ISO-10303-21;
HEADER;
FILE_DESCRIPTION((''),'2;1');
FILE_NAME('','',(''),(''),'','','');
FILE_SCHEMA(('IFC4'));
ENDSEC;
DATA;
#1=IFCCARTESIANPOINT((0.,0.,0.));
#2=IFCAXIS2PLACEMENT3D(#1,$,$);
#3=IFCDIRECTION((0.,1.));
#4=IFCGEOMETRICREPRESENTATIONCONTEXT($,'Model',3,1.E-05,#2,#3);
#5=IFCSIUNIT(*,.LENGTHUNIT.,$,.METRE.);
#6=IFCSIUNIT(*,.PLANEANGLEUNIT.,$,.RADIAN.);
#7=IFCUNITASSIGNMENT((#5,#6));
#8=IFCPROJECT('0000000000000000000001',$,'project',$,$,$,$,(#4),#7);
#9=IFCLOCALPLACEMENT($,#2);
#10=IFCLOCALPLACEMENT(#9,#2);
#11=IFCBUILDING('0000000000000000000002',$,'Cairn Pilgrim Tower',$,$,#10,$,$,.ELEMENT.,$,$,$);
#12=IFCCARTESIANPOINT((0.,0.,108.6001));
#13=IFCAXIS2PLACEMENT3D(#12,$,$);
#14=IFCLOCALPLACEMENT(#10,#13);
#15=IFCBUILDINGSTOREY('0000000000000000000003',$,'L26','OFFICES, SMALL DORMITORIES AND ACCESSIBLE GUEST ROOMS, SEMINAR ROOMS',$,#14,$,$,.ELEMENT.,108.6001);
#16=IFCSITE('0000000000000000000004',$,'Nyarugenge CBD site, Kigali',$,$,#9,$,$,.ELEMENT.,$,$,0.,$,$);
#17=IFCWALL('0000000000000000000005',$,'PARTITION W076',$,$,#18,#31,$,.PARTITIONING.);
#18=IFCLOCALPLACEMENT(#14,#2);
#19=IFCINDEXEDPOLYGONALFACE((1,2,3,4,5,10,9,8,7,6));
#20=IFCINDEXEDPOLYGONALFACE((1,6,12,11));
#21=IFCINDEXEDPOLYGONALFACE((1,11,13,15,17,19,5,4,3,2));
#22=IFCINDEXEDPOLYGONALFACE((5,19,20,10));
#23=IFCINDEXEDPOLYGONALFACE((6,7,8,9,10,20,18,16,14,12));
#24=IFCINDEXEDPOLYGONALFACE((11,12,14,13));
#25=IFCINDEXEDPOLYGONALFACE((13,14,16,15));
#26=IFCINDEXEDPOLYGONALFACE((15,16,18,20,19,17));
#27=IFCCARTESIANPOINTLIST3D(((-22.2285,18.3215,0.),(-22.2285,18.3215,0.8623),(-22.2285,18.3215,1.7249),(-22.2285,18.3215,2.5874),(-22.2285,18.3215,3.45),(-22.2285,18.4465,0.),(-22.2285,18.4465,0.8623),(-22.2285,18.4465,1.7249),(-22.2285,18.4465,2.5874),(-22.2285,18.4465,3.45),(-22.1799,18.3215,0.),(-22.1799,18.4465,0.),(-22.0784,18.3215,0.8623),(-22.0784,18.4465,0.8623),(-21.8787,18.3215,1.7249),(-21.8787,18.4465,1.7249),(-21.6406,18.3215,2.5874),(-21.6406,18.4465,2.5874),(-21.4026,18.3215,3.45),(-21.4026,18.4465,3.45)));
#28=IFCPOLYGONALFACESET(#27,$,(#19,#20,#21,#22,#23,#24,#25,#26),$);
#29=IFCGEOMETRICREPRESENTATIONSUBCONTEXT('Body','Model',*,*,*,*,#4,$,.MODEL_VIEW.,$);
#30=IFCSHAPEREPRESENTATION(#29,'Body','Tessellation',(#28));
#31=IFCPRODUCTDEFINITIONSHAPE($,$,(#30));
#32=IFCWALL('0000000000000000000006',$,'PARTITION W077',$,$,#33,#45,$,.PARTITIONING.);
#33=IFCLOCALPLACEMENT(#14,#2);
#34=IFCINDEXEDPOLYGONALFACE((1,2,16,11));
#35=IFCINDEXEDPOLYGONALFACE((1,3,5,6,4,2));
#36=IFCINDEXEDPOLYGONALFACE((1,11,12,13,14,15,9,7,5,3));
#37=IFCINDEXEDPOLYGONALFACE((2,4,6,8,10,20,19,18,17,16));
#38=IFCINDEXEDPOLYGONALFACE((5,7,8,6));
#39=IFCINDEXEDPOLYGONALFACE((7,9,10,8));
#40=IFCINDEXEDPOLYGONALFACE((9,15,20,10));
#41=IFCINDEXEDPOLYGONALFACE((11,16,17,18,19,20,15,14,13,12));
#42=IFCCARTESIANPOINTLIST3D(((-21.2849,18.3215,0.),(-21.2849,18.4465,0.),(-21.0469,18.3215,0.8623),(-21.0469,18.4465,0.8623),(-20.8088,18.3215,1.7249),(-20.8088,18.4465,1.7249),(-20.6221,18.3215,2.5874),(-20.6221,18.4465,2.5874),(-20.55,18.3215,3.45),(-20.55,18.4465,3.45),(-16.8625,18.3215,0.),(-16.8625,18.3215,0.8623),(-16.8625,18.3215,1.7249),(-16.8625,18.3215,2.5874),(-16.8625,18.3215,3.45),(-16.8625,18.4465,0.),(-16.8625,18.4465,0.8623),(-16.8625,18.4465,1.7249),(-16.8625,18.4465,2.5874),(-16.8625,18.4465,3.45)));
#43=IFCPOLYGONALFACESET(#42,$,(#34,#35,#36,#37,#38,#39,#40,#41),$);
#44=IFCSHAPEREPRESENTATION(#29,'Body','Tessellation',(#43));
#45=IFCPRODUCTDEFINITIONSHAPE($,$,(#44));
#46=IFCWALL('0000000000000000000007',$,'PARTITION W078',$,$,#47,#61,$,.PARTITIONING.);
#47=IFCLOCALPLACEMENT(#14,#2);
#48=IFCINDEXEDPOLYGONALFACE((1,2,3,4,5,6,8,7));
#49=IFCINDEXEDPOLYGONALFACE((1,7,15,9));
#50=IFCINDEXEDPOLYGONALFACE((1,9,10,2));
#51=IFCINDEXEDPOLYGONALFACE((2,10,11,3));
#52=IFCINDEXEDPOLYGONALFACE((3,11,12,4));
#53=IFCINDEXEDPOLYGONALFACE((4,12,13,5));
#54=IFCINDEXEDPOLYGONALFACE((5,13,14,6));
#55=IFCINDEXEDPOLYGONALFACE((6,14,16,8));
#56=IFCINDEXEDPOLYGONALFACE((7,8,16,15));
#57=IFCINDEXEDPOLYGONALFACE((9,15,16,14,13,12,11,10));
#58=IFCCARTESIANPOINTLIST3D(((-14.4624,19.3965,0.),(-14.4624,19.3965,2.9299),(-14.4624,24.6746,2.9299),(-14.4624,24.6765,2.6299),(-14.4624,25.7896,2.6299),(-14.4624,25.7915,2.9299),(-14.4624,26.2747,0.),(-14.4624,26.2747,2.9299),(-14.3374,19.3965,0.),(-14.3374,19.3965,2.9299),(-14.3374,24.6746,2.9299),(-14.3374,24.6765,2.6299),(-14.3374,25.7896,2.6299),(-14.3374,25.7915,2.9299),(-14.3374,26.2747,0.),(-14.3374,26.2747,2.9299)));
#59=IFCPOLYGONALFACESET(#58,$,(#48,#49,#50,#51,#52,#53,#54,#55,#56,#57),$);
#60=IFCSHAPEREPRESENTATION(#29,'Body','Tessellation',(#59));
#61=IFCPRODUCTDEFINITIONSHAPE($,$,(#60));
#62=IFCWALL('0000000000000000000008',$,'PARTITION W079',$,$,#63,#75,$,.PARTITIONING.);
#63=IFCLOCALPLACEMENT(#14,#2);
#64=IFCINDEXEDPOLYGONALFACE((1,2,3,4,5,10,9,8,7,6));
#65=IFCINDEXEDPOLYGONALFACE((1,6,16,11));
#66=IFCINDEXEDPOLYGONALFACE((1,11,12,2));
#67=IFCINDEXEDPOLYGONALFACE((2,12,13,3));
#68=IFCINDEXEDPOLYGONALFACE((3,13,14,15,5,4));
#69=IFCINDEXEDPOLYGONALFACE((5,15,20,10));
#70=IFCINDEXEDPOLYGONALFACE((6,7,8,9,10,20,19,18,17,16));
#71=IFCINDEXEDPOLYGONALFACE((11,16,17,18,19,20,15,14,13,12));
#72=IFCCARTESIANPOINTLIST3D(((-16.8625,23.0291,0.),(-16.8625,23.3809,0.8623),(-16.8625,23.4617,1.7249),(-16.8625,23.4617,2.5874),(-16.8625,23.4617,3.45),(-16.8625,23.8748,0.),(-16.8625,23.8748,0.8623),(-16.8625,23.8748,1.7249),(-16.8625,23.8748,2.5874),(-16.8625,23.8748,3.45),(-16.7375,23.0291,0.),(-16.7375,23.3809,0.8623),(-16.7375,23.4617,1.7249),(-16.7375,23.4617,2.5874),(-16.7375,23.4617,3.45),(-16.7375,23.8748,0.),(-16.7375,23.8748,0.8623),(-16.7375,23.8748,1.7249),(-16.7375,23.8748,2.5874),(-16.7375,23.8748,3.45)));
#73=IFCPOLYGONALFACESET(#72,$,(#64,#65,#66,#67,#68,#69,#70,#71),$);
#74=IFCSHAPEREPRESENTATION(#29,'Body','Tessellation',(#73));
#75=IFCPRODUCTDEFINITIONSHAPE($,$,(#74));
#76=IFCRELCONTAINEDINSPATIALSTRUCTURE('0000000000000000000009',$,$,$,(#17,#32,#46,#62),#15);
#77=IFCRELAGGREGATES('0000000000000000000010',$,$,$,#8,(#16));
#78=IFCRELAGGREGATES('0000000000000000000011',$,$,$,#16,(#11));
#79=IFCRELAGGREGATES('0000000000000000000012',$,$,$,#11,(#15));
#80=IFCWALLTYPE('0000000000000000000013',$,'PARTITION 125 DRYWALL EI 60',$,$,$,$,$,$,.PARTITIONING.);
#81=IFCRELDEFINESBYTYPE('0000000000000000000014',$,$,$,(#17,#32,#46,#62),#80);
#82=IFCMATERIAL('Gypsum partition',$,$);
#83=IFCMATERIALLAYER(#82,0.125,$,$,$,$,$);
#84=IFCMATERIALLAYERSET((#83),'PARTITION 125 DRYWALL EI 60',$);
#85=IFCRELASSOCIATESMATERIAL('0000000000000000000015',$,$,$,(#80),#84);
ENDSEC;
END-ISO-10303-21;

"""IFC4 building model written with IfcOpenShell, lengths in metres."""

from ifc_helpers import new_model, si_unit, direction, frame, origin, place, context, subcontext, project, spatial, polyline, outline, extrude, material, layer, layer_set, type_object, element, save


model = new_model("IFC4")

# Units and contexts
model_context = context("Model", 3, precision=1e-05, world=origin(), true_north=direction((0.0, 1.0)))
body_context = subcontext(model_context, "Body", "Model", "MODEL_VIEW")
ifc_project = project(units=[si_unit("LENGTHUNIT", "METRE"), si_unit("PLANEANGLEUNIT", "RADIAN")], contexts=[model_context])

# Site, building, storey
site_placement = place(None, origin())
site = spatial("IfcSite", under=ifc_project, at=site_placement, Name="Nyarugenge CBD site, Kigali", CompositionType="ELEMENT", RefElevation=0.0)
building_placement = place(site_placement, origin())
building = spatial("IfcBuilding", under=site, at=building_placement, Name="Cairn Pilgrim Tower", CompositionType="ELEMENT")
storey_placement = place(building_placement, frame((0.0, 0.0, 108.6001)))
storey = spatial("IfcBuildingStorey", under=building, at=storey_placement, Name="L26", Description="OFFICES, SMALL DORMITORIES AND ACCESSIBLE GUEST ROOMS, SEMINAR ROOMS", CompositionType="ELEMENT", Elevation=108.6001)

# Walls
ifc_material_1 = material(Name="Gypsum partition")
ifc_layer_1 = layer(ifc_material_1, 0.125)
ifc_layer_set_1 = layer_set([ifc_layer_1], Name="PARTITION 125 DRYWALL EI 60")
wall_type_1 = type_object("IfcWallType", Name="PARTITION 125 DRYWALL EI 60", PredefinedType="PARTITIONING", material=ifc_layer_set_1)
wall_1_placement = place(storey_placement, frame((-22.2285, 18.384, 0.0), z_axis=(0.0, 0.0, 1.0), x_axis=(1.0, 0.0, 0.0)))
element("IfcWall", 1, at=wall_1_placement, inside=storey, type_object=wall_type_1, Name="PARTITION W076", PredefinedType="PARTITIONING", context=body_context, shape_type="SweptSolid", body=[
    extrude(outline(polyline([(0.0, 0.0), (0.0486, 0.0), (0.1501, 0.8623), (0.3499, 1.7249), (0.5879, 2.5874), (0.8259, 3.45), (0.0, 3.45), (0.0, 2.5874), (0.0, 1.7249), (0.0, 0.8623), (0.0, 0.0)])), frame((0.0, 0.0625, 0.0), z_axis=(0.0, -1.0, 0.0), x_axis=(1.0, 0.0, 0.0)), (0.0, 0.0, 1.0), 0.125),
])
wall_2_placement = place(storey_placement, frame((-21.2849, 18.384, 0.0), z_axis=(0.0, 0.0, 1.0), x_axis=(1.0, 0.0, 0.0)))
element("IfcWall", 2, at=wall_2_placement, inside=storey, type_object=wall_type_1, Name="PARTITION W077", PredefinedType="PARTITIONING", context=body_context, shape_type="SweptSolid", body=[
    extrude(outline(polyline([(0.0, 0.0), (4.4224, 0.0), (4.4224, 0.8623), (4.4224, 1.7249), (4.4224, 2.5874), (4.4224, 3.45), (0.7349, 3.45), (0.6628, 2.5874), (0.4761, 1.7249), (0.238, 0.8623), (0.0, 0.0)])), frame((0.0, 0.0625, 0.0), z_axis=(0.0, -1.0, 0.0), x_axis=(1.0, 0.0, 0.0)), (0.0, 0.0, 1.0), 0.125),
])
wall_3_placement = place(storey_placement, frame((-14.3999, 19.3965, 0.0), z_axis=(0.0, 0.0, 1.0), x_axis=(0.0, 1.0, 0.0)))
element("IfcWall", 3, at=wall_3_placement, inside=storey, type_object=wall_type_1, Name="PARTITION W078", PredefinedType="PARTITIONING", context=body_context, shape_type="SweptSolid", body=[
    extrude(outline(polyline([(0.0, 0.0), (6.8782, 0.0), (6.8782, 2.9299), (6.395, 2.9299), (6.3931, 2.6299), (5.28, 2.6299), (5.2781, 2.9299), (0.0, 2.9299), (0.0, 0.0)])), frame((0.0, 0.0625, 0.0), z_axis=(0.0, -1.0, 0.0), x_axis=(1.0, 0.0, 0.0)), (0.0, 0.0, 1.0), 0.125),
])
wall_4_placement = place(storey_placement, frame((-16.8, 23.0291, 0.0), z_axis=(0.0, 0.0, 1.0), x_axis=(0.0, 1.0, 0.0)))
element("IfcWall", 4, at=wall_4_placement, inside=storey, type_object=wall_type_1, Name="PARTITION W079", PredefinedType="PARTITIONING", context=body_context, shape_type="SweptSolid", body=[
    extrude(outline(polyline([(0.0, 0.0), (0.8457, 0.0), (0.8457, 0.8623), (0.8457, 1.7249), (0.8457, 2.5874), (0.8457, 3.45), (0.4326, 3.45), (0.4326, 2.5874), (0.4326, 1.7249), (0.3518, 0.8623), (0.0, 0.0)])), frame((0.0, 0.0625, 0.0), z_axis=(0.0, -1.0, 0.0), x_axis=(1.0, 0.0, 0.0)), (0.0, 0.0, 1.0), 0.125),
])

save(model, "model.ifc")
